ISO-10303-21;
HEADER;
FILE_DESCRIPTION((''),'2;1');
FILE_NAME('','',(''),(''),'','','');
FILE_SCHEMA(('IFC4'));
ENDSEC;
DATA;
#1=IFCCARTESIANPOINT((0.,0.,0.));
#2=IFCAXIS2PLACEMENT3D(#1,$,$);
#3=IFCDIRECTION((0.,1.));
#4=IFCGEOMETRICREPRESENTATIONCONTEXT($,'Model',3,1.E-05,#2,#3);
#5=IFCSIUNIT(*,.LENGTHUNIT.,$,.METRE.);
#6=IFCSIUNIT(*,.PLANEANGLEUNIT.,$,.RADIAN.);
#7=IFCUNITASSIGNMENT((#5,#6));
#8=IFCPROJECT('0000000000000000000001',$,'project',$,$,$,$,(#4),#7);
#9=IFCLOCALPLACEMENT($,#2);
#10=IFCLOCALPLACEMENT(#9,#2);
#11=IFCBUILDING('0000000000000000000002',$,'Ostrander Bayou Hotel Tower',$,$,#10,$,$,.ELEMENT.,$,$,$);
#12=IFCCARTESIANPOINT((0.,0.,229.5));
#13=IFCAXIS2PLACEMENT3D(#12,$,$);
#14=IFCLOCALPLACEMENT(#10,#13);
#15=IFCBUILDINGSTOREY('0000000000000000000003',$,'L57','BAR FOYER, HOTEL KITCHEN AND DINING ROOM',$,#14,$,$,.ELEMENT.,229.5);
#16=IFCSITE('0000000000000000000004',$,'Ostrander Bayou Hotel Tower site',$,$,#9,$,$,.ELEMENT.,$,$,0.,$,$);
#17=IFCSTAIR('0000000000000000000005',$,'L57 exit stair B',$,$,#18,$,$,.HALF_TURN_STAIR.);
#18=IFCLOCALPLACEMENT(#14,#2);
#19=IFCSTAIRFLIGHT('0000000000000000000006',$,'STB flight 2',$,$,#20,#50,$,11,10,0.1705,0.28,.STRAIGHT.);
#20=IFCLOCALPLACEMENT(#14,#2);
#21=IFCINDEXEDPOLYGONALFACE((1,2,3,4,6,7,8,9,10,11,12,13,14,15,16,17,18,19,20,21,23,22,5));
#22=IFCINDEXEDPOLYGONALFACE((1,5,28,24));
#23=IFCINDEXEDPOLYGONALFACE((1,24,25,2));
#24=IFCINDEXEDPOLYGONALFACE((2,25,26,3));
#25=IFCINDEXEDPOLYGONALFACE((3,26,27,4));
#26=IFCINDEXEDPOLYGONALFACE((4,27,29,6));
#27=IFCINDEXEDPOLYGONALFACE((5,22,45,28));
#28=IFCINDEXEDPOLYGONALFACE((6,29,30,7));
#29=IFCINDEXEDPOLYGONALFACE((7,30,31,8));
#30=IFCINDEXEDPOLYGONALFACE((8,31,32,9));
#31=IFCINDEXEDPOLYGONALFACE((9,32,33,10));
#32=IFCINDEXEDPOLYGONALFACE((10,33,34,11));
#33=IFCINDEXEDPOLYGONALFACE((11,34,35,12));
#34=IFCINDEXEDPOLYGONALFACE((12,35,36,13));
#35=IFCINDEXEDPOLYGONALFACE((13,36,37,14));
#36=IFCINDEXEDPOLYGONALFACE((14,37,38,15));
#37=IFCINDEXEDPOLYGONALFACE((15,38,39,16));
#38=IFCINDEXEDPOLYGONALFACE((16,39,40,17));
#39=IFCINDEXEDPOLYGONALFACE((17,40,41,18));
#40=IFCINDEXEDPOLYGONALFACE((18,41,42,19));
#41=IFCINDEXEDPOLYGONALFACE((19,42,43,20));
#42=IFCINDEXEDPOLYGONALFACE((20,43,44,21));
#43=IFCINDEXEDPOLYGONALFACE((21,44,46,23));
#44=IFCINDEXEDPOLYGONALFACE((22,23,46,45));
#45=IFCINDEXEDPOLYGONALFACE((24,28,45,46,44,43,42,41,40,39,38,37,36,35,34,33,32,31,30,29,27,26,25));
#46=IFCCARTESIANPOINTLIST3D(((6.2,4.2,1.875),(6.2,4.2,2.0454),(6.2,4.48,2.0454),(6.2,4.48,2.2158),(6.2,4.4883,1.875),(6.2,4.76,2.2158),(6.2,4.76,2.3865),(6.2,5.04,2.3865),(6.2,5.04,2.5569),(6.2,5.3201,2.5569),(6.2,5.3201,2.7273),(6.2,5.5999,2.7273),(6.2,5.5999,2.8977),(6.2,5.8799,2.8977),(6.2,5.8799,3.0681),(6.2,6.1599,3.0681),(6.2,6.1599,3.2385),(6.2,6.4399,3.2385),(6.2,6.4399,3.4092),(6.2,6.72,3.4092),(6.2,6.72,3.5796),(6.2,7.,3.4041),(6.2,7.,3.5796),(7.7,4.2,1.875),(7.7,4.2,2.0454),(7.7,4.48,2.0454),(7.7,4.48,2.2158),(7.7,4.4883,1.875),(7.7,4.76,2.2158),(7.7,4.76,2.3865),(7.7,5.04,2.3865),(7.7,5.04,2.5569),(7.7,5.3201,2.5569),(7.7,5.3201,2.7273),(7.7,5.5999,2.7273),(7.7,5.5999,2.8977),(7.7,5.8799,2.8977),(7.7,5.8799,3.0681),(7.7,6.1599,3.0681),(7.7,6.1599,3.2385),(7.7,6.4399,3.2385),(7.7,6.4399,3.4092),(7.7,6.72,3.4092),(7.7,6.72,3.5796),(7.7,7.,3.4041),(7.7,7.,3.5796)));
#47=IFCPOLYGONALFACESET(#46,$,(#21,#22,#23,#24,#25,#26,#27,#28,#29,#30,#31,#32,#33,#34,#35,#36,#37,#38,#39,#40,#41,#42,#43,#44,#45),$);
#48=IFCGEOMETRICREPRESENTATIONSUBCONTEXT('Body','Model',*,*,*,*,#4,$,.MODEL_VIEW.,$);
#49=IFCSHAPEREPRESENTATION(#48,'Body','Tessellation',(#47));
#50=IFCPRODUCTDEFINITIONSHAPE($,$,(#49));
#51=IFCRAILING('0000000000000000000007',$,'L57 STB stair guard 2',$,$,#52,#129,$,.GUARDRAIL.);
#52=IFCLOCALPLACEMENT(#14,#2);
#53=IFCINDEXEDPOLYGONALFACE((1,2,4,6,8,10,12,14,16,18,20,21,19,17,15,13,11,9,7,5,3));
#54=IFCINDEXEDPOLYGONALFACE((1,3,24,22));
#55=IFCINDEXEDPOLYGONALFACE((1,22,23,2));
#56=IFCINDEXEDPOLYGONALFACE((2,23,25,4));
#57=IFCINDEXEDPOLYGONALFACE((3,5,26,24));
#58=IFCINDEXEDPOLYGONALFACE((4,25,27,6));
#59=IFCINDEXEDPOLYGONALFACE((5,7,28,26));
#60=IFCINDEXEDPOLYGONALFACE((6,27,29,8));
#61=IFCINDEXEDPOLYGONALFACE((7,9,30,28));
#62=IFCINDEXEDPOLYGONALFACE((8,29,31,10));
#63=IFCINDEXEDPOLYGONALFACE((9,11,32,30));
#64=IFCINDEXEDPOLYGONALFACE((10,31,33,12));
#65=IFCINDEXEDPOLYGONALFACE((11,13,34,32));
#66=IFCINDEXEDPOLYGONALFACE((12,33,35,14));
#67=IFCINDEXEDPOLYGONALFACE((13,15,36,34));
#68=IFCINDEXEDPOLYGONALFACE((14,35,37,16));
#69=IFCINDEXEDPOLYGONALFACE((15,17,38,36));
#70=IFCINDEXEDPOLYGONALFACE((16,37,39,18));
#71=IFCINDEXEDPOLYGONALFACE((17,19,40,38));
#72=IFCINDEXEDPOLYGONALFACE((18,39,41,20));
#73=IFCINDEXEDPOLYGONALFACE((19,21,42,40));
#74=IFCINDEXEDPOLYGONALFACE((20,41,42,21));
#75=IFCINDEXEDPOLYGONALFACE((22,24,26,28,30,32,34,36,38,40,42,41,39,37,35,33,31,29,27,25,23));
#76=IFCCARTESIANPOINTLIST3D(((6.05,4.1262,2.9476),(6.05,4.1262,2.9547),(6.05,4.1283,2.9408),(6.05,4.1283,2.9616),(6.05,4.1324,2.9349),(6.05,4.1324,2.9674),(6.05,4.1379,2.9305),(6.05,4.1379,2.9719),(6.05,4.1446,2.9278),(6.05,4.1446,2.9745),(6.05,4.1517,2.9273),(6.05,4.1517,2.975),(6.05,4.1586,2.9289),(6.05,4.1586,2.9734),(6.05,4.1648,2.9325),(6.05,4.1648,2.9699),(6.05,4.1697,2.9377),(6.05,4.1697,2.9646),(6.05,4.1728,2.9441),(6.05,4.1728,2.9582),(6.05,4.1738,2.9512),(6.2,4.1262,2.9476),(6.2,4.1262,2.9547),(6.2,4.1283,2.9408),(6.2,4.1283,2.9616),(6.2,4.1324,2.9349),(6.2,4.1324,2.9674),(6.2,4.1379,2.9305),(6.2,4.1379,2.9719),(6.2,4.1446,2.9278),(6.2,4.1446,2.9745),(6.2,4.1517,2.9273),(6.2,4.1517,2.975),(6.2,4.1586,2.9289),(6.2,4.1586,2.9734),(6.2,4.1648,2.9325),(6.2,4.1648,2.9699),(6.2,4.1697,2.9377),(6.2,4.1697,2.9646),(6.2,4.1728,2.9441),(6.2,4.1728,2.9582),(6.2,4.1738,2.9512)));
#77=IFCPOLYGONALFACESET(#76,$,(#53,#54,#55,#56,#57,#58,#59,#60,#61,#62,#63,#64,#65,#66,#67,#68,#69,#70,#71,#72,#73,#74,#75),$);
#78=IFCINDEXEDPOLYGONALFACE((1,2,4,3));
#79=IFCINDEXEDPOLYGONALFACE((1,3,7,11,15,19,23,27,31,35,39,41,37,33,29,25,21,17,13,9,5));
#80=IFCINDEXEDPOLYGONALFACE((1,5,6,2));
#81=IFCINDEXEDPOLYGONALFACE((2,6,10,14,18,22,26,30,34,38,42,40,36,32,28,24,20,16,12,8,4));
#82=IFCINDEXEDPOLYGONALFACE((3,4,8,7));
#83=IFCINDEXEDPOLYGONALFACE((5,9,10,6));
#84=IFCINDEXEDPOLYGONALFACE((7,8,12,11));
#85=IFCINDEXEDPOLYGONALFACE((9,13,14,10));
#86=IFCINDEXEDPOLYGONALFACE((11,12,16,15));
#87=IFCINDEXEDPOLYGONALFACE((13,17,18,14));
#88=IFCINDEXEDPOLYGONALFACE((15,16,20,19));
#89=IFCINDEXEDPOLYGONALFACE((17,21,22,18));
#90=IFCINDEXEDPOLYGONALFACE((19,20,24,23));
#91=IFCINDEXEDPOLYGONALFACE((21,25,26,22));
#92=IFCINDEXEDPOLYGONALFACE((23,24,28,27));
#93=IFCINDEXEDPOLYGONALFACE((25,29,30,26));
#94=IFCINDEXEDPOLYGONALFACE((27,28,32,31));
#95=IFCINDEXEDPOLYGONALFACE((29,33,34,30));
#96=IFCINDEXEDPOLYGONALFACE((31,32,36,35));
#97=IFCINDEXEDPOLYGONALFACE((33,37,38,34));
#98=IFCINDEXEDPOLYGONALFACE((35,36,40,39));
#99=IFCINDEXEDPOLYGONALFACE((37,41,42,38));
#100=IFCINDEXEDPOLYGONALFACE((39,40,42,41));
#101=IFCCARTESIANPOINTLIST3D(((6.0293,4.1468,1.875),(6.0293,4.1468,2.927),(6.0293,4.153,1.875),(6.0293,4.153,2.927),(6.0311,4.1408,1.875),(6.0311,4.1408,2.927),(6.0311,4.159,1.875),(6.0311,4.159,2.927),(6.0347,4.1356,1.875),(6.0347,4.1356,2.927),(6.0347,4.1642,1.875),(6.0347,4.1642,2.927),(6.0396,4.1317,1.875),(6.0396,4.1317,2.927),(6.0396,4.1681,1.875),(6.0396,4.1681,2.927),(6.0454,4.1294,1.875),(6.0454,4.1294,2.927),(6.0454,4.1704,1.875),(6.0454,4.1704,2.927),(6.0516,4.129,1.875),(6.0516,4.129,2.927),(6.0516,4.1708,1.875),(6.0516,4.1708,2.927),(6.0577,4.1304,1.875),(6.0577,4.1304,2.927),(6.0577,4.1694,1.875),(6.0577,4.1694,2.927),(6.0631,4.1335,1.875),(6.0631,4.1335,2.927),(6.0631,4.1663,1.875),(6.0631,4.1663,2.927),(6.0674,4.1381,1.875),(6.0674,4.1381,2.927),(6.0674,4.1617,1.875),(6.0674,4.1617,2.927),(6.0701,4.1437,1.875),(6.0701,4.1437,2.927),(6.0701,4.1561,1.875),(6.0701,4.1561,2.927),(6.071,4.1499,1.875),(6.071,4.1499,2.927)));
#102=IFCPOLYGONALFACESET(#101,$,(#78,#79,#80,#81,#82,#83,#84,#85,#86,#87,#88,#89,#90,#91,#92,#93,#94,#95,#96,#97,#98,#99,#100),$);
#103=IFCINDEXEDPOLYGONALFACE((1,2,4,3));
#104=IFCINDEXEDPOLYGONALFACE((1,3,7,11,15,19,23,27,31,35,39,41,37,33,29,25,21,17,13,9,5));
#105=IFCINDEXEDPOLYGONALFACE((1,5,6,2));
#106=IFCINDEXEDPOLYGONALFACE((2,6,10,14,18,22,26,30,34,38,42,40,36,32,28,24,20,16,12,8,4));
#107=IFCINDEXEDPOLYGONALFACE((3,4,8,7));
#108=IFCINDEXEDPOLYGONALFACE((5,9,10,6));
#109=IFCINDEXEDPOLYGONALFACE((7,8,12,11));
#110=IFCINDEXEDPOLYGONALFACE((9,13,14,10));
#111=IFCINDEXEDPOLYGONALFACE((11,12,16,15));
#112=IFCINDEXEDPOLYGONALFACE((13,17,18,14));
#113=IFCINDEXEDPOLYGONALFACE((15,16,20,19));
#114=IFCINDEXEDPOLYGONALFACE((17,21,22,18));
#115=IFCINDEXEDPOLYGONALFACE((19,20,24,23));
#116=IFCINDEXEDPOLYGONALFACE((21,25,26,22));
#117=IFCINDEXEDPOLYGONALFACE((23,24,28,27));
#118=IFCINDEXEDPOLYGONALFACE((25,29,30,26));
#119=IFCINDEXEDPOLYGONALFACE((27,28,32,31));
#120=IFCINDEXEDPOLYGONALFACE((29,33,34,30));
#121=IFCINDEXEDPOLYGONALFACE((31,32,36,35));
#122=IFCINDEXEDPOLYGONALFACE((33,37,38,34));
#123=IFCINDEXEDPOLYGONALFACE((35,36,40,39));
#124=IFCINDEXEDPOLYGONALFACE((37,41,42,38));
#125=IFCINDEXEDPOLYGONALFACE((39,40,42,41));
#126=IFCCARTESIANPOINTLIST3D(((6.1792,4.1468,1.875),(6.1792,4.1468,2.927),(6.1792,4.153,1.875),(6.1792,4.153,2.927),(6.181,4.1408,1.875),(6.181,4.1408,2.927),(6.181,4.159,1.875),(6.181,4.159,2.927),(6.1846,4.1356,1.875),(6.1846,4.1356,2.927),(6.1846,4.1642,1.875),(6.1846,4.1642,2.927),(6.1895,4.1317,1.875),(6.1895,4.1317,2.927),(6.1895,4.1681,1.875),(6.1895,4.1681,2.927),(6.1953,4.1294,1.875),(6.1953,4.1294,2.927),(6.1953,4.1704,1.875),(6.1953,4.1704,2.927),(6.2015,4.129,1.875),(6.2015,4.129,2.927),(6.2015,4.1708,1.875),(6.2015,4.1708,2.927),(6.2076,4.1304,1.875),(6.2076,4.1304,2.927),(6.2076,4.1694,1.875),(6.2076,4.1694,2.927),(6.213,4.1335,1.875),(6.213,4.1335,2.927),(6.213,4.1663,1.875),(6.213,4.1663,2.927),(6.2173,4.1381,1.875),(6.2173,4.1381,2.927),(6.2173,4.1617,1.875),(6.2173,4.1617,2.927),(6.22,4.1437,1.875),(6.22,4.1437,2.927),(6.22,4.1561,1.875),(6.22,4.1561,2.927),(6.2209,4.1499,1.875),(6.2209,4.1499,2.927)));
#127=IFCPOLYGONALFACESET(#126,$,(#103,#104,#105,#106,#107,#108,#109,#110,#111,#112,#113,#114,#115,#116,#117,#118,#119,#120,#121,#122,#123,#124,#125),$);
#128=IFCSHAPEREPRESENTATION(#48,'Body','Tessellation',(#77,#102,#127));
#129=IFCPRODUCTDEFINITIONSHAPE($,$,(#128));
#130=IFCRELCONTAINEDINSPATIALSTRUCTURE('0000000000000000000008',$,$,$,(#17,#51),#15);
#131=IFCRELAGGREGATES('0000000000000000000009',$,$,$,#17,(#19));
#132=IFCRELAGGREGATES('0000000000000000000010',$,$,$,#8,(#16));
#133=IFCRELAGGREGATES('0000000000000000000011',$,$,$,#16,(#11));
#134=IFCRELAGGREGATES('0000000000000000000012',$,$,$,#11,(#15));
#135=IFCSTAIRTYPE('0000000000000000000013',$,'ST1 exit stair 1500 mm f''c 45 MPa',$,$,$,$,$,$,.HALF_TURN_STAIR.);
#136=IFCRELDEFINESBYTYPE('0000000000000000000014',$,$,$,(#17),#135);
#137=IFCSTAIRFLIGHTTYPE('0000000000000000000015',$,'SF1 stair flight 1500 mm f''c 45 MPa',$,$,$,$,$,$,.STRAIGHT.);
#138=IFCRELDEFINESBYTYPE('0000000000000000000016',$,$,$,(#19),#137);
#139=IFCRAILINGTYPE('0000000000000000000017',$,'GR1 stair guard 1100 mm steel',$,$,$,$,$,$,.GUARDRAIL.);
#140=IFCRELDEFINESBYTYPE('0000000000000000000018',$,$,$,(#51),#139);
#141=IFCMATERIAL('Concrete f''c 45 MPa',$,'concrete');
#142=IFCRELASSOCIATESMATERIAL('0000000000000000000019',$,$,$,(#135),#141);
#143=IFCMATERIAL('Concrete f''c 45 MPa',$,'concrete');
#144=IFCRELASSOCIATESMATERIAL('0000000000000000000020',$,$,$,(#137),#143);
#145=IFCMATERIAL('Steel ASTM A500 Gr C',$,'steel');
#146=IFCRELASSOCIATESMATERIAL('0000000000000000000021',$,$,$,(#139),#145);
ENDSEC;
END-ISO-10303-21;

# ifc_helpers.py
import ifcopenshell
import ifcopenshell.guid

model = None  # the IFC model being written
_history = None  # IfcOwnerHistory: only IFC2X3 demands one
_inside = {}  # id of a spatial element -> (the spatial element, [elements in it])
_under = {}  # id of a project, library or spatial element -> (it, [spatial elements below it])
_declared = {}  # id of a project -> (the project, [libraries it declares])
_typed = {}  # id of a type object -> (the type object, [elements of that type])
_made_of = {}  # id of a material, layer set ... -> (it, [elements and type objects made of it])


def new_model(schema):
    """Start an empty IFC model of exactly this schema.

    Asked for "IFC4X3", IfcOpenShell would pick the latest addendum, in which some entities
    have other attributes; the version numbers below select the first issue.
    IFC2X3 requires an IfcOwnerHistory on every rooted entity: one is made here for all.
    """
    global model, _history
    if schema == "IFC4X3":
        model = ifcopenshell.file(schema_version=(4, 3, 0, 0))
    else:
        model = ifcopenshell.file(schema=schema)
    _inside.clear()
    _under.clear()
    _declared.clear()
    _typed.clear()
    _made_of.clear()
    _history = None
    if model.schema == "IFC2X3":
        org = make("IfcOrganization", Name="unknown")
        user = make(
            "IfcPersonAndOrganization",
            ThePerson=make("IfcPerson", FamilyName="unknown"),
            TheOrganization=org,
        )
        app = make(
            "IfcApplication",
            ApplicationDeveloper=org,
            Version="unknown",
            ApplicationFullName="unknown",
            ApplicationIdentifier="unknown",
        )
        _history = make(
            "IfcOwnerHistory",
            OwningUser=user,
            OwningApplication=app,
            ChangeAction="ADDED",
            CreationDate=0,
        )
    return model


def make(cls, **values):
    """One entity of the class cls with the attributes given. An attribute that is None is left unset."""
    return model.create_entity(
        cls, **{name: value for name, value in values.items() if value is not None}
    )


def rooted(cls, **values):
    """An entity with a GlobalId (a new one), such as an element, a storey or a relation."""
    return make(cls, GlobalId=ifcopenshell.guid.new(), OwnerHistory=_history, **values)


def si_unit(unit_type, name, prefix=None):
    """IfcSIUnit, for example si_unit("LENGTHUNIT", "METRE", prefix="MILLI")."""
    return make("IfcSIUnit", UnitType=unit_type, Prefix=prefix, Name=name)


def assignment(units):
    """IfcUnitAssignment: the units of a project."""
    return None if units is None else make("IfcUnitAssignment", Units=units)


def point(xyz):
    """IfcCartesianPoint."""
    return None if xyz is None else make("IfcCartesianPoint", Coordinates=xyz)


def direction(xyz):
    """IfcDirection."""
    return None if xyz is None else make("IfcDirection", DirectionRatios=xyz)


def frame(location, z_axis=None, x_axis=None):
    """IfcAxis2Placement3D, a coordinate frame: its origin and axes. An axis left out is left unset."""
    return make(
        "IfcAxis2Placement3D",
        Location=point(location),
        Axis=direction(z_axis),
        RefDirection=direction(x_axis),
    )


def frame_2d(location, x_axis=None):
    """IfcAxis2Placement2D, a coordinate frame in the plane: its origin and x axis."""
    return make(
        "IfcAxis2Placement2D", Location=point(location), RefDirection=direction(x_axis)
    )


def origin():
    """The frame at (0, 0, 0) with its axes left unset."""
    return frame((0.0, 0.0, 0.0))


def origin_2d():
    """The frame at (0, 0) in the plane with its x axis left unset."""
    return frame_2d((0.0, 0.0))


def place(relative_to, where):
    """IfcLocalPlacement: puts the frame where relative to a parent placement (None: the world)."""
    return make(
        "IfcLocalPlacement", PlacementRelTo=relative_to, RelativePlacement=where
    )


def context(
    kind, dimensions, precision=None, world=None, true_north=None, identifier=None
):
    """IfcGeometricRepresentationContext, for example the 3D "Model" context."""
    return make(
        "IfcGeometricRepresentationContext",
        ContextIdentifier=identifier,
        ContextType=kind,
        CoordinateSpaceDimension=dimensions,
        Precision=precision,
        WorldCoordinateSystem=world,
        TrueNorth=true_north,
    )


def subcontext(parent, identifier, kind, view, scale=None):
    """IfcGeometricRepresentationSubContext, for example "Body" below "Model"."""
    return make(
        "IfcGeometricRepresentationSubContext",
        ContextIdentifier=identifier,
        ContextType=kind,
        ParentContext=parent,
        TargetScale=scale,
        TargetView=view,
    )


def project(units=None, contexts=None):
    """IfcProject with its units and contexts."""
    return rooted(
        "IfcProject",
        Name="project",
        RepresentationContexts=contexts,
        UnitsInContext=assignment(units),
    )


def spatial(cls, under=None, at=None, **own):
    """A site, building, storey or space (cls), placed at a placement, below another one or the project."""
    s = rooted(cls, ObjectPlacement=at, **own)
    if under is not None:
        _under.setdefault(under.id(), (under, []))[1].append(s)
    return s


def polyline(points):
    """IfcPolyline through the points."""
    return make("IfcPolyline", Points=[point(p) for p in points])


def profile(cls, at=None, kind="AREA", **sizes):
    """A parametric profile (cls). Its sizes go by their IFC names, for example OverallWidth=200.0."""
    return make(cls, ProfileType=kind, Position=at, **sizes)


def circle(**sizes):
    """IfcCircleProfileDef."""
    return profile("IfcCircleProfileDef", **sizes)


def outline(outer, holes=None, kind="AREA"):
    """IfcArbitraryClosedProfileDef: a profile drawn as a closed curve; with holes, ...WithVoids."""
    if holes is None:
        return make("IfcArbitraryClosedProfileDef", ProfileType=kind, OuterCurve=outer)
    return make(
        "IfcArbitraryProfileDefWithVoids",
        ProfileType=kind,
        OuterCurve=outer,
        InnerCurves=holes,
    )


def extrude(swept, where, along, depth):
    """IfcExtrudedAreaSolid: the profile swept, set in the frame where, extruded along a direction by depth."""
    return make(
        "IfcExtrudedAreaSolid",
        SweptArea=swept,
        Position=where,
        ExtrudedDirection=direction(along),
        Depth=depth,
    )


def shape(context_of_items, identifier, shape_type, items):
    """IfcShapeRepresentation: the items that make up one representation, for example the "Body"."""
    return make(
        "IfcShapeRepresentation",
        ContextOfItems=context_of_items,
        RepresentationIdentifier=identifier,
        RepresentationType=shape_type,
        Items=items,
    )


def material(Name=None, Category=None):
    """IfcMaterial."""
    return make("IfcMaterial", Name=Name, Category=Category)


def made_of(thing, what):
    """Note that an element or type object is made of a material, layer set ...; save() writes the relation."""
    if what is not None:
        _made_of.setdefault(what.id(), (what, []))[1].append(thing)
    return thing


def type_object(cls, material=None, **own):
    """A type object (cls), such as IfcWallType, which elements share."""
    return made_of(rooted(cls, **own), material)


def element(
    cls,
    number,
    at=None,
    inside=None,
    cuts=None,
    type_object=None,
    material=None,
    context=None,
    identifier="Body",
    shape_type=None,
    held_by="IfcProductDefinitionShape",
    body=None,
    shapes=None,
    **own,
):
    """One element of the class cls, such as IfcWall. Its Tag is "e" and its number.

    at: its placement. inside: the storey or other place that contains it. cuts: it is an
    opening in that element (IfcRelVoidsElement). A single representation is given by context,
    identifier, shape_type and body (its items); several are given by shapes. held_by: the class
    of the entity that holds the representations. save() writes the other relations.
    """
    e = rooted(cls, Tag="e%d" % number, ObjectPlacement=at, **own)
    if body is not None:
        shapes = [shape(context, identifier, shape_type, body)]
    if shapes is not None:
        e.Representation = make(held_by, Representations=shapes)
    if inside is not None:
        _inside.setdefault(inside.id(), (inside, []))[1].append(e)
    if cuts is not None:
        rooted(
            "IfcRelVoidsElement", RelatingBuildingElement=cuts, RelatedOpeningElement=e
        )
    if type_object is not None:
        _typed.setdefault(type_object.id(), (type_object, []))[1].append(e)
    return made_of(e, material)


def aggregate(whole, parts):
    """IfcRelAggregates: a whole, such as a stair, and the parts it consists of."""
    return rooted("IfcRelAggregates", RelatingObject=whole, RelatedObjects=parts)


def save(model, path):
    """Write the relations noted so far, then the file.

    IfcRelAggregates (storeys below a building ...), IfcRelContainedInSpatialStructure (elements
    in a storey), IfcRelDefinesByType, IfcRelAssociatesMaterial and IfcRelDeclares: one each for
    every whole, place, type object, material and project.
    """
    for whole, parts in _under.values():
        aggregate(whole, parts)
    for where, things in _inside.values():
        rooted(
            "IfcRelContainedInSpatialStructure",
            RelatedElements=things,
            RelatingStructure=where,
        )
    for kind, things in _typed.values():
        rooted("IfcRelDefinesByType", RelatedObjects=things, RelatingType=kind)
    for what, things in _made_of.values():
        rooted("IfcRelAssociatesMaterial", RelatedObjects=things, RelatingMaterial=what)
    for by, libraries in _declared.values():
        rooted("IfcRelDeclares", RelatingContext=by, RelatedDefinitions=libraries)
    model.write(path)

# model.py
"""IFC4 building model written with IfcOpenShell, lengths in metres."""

from ifc_helpers import new_model, si_unit, direction, frame, origin, origin_2d, place, context, subcontext, project, spatial, polyline, circle, outline, extrude, material, type_object, element, aggregate, save


model = new_model("IFC4")

# Units and contexts
model_context = context("Model", 3, precision=1e-05, world=origin(), true_north=direction((0.0, 1.0)))
body_context = subcontext(model_context, "Body", "Model", "MODEL_VIEW")
ifc_project = project(units=[si_unit("LENGTHUNIT", "METRE"), si_unit("PLANEANGLEUNIT", "RADIAN")], contexts=[model_context])

# Site, building, storey
site_placement = place(None, origin())
site = spatial("IfcSite", under=ifc_project, at=site_placement, Name="Ostrander Bayou Hotel Tower site", CompositionType="ELEMENT", RefElevation=0.0)
building_placement = place(site_placement, origin())
building = spatial("IfcBuilding", under=site, at=building_placement, Name="Ostrander Bayou Hotel Tower", CompositionType="ELEMENT")
storey_placement = place(building_placement, frame((0.0, 0.0, 229.5)))
storey = spatial("IfcBuildingStorey", under=building, at=storey_placement, Name="L57", Description="BAR FOYER, HOTEL KITCHEN AND DINING ROOM", CompositionType="ELEMENT", Elevation=229.5)

# Stair
ifc_material_1 = material(Name="Concrete f'c 45 MPa", Category="concrete")
stair_type = type_object("IfcStairType", Name="ST1 exit stair 1500 mm f'c 45 MPa", PredefinedType="HALF_TURN_STAIR", material=ifc_material_1)
stair_1_placement = place(storey_placement, origin())
stair_1 = element("IfcStair", 1, at=stair_1_placement, inside=storey, type_object=stair_type, Name="L57 exit stair B", PredefinedType="HALF_TURN_STAIR")

# Stair flight
ifc_material_2 = material(Name="Concrete f'c 45 MPa", Category="concrete")
stair_flight_type = type_object("IfcStairFlightType", Name="SF1 stair flight 1500 mm f'c 45 MPa", PredefinedType="STRAIGHT", material=ifc_material_2)
stair_flight_placement = place(storey_placement, frame((6.95, 4.2, 1.875), z_axis=(0.0, 0.0, 1.0), x_axis=(0.0, 1.0, 0.0)))
stair_flight = element("IfcStairFlight", 2, at=stair_flight_placement, type_object=stair_flight_type, Name="STB flight 2", NumberOfRisers=11, NumberOfTreads=10, PredefinedType="STRAIGHT", RiserHeight=0.1705, TreadLength=0.28, context=body_context, shape_type="SweptSolid", body=[
    extrude(outline(polyline([(0.0, 0.0), (0.0, 0.1704), (0.28, 0.1704), (0.28, 0.3408), (0.5601, 0.3408), (0.5601, 0.5115), (0.8401, 0.5115), (0.8401, 0.6819), (1.1201, 0.6819), (1.1201, 0.8523), (1.3999, 0.8523), (1.3999, 1.0227), (1.6799, 1.0227), (1.6799, 1.1931), (1.96, 1.1931), (1.96, 1.3635), (2.24, 1.3635), (2.24, 1.5342), (2.52, 1.5342), (2.52, 1.7046), (2.8, 1.7046), (2.8, 1.875), (2.8, 1.5291), (0.2883, 0.0), (0.0, 0.0)])), frame((0.0, 0.75, 0.0), z_axis=(0.0, -1.0, 0.0), x_axis=(1.0, 0.0, 0.0)), (0.0, 0.0, 1.0), 1.5),
])
aggregate(stair_1, [stair_flight])

# Railing
ifc_material_3 = material(Name="Steel ASTM A500 Gr C", Category="steel")
railing_type_1 = type_object("IfcRailingType", Name="GR1 stair guard 1100 mm steel", PredefinedType="GUARDRAIL", material=ifc_material_3)
railing_1_placement = place(storey_placement, frame((6.05, 4.1499, 1.875)))
element("IfcRailing", 3, at=railing_1_placement, inside=storey, type_object=railing_type_1, Name="L57 STB stair guard 2", PredefinedType="GUARDRAIL", context=body_context, shape_type="SweptSolid", body=[
    extrude(circle(Radius=0.0239, at=origin_2d()), frame((0.0, 0.0, 1.0762), z_axis=(1.0, 0.0, 0.0), x_axis=(0.0, 1.0, 0.0)), (0.0, 0.0, 1.0), 0.1499),
    extrude(circle(Radius=0.021, at=origin_2d()), origin(), (0.0, 0.0, 1.0), 1.052),
    extrude(circle(Radius=0.021, at=origin_2d()), frame((0.1499, 0.0, 0.0)), (0.0, 0.0, 1.0), 1.052),
])

save(model, "model.ifc")
